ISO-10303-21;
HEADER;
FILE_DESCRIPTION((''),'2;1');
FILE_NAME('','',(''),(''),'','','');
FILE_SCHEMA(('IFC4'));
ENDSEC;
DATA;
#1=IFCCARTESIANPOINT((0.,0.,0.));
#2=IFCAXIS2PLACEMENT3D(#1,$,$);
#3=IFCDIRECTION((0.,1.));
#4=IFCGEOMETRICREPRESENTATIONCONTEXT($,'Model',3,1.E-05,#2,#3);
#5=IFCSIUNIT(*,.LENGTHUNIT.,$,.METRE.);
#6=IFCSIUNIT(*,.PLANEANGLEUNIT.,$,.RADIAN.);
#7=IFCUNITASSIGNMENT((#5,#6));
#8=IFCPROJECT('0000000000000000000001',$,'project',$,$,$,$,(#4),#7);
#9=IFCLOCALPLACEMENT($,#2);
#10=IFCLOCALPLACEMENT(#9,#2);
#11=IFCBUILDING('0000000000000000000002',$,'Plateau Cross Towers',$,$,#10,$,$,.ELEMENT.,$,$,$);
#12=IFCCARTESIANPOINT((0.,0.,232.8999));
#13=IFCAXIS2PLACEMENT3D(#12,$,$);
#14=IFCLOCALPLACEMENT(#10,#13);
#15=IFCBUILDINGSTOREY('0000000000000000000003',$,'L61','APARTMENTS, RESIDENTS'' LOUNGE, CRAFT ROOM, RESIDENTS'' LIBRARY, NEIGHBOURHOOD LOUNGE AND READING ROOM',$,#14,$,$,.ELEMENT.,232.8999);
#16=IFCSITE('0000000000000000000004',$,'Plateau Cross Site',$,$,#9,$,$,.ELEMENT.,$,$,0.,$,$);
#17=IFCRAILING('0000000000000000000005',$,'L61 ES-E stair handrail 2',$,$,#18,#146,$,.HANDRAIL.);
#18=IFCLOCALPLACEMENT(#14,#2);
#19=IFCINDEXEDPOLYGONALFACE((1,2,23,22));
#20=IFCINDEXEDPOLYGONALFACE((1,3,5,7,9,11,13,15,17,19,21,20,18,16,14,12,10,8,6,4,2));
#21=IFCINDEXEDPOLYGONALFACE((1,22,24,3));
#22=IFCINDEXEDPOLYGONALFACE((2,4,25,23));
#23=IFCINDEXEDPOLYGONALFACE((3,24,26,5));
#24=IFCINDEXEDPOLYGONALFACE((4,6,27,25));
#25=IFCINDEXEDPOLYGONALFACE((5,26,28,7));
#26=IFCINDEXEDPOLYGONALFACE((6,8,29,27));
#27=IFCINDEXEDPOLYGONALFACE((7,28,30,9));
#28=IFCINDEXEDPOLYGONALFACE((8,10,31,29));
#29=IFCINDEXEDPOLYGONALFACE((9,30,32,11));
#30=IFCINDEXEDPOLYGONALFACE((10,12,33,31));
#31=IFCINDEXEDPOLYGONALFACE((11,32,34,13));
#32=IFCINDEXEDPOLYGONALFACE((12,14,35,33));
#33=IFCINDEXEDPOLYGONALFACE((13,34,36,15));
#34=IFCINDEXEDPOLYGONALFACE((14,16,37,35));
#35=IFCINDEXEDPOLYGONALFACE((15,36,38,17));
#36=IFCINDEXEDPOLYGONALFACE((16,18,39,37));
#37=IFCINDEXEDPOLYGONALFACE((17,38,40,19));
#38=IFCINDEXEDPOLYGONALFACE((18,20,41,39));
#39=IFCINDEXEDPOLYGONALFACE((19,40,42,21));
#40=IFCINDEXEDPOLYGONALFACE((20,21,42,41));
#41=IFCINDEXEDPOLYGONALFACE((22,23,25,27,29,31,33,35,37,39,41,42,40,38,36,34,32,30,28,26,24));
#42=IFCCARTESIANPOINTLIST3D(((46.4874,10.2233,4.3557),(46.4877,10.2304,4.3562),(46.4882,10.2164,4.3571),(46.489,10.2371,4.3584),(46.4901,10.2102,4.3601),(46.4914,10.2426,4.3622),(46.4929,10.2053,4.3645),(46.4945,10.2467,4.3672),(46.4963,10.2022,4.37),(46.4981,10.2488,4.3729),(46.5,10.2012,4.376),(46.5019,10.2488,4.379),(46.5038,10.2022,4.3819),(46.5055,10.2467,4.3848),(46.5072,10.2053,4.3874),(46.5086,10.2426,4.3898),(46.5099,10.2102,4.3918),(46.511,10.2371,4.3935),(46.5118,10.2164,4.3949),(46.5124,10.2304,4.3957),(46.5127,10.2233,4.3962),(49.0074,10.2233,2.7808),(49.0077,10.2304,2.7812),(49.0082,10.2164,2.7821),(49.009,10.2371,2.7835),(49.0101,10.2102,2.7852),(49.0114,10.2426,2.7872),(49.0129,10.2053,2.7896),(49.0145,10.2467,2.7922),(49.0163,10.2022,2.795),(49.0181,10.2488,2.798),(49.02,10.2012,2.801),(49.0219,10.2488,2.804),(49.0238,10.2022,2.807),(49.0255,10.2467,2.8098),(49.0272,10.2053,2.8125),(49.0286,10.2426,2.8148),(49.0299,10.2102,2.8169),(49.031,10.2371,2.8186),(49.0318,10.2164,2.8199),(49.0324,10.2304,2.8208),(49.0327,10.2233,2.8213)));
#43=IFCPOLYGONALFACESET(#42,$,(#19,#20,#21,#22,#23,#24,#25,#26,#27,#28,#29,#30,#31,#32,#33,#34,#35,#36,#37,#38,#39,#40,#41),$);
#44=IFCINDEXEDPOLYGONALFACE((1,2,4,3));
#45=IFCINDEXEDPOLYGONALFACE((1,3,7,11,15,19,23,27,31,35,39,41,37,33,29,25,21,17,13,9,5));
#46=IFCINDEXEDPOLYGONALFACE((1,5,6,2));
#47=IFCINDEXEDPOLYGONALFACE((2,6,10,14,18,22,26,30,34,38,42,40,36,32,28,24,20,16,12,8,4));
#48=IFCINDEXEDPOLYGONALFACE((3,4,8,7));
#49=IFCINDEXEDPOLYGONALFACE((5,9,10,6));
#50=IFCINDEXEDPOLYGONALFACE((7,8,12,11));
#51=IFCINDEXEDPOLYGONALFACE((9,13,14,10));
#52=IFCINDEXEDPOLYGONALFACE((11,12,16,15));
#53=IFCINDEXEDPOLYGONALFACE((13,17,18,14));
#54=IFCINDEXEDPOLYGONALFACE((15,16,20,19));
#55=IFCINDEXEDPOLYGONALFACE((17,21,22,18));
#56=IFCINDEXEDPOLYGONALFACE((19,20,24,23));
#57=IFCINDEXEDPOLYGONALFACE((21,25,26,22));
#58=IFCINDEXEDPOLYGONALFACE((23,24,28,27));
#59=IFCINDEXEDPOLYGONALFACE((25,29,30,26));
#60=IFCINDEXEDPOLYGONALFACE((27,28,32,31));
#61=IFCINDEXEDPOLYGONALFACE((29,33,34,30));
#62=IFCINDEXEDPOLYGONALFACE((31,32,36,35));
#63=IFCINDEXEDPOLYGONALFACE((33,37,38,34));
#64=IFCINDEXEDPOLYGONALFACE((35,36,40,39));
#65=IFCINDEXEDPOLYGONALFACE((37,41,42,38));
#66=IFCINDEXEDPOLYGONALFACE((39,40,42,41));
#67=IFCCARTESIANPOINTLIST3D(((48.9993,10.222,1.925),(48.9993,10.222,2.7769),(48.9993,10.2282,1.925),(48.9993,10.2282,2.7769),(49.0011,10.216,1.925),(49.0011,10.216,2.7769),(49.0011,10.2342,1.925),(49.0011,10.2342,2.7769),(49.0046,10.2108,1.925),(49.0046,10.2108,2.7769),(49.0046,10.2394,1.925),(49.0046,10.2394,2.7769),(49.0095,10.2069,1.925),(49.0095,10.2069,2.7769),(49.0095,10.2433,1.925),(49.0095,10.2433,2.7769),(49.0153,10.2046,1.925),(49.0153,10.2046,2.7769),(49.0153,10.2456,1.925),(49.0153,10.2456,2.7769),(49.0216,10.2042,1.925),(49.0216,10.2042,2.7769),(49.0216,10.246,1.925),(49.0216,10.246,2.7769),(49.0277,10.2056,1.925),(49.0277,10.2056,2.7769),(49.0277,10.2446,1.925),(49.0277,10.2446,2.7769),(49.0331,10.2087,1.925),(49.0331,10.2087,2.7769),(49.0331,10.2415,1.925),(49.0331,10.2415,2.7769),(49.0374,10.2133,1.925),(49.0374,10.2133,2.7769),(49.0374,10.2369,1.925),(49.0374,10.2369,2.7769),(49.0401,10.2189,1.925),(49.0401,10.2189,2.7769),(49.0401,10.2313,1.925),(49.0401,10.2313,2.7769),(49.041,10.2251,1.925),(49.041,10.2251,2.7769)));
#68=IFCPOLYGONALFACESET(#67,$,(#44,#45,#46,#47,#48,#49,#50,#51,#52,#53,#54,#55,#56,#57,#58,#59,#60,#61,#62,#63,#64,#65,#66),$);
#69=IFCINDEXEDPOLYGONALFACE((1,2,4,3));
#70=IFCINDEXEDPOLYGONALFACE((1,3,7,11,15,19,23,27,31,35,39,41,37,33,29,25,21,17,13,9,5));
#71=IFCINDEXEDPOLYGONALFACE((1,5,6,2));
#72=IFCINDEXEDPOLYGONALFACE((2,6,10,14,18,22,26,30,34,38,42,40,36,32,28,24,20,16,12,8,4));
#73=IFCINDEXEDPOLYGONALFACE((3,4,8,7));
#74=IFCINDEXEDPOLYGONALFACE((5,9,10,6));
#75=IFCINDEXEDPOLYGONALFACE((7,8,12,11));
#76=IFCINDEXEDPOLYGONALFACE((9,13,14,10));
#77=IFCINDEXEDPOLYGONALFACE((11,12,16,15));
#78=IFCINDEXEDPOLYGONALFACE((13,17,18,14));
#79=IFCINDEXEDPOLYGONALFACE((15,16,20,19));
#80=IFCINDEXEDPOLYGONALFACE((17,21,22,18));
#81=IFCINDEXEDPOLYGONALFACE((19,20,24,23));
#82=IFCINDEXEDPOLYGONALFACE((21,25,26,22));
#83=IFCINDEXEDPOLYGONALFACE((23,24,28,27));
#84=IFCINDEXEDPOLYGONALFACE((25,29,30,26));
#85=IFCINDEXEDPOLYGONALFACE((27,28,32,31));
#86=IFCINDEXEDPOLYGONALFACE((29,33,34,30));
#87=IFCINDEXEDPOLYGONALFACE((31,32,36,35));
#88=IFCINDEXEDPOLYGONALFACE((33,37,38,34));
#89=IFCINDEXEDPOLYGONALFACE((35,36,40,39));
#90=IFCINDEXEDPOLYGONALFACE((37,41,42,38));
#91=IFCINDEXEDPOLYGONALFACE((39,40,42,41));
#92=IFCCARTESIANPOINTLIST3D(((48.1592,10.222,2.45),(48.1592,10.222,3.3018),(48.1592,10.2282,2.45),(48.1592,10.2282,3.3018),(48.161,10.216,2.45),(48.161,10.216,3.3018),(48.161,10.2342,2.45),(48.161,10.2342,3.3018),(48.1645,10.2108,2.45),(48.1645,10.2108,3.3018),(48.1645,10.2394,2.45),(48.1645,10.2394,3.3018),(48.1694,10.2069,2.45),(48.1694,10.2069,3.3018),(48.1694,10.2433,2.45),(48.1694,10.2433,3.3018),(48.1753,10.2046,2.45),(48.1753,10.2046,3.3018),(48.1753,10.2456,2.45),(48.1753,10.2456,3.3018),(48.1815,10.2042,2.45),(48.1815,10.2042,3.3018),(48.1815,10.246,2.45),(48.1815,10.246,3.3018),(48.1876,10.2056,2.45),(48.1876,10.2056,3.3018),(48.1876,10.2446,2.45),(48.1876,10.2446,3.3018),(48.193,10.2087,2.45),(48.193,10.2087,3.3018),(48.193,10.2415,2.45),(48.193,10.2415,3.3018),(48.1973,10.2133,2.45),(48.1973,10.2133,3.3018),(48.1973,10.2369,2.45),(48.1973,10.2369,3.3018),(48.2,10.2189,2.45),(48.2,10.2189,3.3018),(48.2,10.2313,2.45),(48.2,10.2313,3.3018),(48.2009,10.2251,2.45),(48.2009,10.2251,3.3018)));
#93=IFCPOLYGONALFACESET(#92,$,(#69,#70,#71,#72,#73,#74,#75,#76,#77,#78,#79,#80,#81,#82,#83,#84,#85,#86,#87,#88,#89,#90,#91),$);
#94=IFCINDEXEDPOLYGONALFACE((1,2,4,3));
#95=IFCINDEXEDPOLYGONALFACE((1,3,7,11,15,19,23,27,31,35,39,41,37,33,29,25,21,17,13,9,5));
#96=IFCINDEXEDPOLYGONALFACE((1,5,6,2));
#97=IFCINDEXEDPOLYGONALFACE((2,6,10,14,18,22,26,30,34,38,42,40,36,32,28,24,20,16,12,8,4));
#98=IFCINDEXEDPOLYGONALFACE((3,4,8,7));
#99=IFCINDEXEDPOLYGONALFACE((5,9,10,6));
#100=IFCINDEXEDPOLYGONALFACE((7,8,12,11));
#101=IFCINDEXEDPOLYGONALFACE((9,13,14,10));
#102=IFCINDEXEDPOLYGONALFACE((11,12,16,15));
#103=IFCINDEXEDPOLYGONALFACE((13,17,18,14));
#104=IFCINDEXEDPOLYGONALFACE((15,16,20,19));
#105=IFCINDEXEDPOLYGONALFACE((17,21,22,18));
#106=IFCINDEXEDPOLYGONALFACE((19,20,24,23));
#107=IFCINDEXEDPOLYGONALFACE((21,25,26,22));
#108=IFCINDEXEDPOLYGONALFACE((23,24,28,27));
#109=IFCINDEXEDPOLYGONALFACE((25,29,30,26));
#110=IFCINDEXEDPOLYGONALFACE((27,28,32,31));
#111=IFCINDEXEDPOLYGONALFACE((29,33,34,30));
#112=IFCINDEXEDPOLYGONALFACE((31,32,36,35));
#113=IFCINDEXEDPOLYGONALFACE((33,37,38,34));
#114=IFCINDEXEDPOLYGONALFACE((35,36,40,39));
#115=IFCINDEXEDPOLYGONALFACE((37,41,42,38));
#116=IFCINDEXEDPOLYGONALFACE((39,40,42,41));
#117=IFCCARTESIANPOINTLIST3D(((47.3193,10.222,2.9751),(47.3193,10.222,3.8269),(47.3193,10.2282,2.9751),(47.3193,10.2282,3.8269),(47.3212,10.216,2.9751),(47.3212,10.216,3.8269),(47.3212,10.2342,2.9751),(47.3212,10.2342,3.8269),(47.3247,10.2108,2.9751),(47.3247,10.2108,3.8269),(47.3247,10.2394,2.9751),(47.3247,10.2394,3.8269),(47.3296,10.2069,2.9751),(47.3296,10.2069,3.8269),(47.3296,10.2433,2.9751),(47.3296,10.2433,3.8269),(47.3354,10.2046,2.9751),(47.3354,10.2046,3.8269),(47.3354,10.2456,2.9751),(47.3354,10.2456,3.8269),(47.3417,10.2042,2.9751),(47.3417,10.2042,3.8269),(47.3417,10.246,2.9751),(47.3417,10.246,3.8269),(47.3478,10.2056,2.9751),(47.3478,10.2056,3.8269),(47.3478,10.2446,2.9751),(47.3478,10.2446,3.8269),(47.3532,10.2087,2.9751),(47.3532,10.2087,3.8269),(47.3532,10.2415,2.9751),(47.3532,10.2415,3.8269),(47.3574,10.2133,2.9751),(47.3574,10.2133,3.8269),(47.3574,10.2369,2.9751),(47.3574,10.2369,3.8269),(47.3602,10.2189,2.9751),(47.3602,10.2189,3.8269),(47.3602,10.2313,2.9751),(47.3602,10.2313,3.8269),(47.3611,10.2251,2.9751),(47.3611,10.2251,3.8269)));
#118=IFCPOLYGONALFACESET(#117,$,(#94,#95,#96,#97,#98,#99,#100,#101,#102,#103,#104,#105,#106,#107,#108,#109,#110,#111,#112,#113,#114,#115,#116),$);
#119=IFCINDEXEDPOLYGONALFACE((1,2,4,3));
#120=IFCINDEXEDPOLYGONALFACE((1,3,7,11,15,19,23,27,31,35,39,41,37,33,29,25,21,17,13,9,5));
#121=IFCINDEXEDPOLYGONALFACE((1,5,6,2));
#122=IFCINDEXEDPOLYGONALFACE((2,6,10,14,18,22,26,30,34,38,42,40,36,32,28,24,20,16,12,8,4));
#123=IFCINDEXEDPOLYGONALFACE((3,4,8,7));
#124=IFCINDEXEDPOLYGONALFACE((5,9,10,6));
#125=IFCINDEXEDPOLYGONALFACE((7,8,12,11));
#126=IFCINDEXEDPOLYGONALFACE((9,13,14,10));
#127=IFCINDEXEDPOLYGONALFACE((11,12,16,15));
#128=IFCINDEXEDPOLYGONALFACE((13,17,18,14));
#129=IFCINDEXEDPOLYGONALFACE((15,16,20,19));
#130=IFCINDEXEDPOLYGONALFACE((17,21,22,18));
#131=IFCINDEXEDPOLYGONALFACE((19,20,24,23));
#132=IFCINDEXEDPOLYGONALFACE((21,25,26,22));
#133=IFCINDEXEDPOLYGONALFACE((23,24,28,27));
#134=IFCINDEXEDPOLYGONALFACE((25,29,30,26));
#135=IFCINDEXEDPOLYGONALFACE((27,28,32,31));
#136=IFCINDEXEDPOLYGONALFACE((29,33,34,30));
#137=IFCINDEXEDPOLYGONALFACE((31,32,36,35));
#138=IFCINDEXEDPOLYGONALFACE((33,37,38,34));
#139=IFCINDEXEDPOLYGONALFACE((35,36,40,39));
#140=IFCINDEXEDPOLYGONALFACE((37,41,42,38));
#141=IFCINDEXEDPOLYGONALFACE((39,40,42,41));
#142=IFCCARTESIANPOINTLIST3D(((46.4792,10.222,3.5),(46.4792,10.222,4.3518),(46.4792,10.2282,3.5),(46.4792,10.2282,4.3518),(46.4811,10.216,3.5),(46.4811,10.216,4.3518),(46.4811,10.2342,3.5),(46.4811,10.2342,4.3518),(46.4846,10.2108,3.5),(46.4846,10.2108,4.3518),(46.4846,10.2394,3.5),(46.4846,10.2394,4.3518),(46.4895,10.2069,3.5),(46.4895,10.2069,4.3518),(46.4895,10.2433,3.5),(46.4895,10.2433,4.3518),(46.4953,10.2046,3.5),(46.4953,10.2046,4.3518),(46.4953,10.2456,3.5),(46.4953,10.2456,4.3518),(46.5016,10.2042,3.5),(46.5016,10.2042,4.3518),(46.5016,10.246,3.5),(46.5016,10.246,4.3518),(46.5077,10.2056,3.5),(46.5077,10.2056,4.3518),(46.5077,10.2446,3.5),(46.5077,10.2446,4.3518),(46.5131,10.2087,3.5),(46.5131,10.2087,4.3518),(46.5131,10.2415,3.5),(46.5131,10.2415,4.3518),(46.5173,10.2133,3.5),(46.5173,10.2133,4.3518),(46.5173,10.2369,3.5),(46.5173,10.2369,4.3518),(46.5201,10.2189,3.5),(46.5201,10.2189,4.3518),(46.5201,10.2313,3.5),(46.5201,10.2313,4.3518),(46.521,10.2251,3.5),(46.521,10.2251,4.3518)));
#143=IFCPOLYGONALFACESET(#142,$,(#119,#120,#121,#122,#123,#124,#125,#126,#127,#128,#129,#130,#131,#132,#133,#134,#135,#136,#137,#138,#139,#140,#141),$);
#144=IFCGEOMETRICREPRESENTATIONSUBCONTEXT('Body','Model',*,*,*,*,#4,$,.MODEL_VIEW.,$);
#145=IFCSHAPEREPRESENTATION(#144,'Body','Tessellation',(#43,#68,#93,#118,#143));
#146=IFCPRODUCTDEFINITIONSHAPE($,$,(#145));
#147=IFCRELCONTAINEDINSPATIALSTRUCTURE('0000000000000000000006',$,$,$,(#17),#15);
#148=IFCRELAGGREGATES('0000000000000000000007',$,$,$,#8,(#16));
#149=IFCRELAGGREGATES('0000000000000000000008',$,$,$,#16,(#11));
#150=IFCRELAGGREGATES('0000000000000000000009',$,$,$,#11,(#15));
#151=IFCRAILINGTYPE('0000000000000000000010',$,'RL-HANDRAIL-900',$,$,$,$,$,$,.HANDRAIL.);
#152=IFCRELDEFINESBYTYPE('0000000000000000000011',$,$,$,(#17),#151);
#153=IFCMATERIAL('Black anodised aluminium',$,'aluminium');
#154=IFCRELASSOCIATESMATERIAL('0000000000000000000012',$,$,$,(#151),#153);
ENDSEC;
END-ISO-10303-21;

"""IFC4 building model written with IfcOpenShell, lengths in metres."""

from ifc_helpers import new_model, si_unit, direction, frame, origin, origin_2d, place, context, subcontext, project, spatial, circle, extrude, material, type_object, element, save


model = new_model("IFC4")

# Units and contexts
model_context = context("Model", 3, precision=1e-05, world=origin(), true_north=direction((0.0, 1.0)))
body_context = subcontext(model_context, "Body", "Model", "MODEL_VIEW")
ifc_project = project(units=[si_unit("LENGTHUNIT", "METRE"), si_unit("PLANEANGLEUNIT", "RADIAN")], contexts=[model_context])

# Site, building, storey
site_placement = place(None, origin())
site = spatial("IfcSite", under=ifc_project, at=site_placement, Name="Plateau Cross Site", CompositionType="ELEMENT", RefElevation=0.0)
building_placement = place(site_placement, origin())
building = spatial("IfcBuilding", under=site, at=building_placement, Name="Plateau Cross Towers", CompositionType="ELEMENT")
storey_placement = place(building_placement, frame((0.0, 0.0, 232.8999)))
storey = spatial("IfcBuildingStorey", under=building, at=storey_placement, Name="L61", Description="APARTMENTS, RESIDENTS' LOUNGE, CRAFT ROOM, RESIDENTS' LIBRARY, NEIGHBOURHOOD LOUNGE AND READING ROOM", CompositionType="ELEMENT", Elevation=232.8999)

# Shared definitions
ifc_material_1 = material(Name="Black anodised aluminium", Category="aluminium")

# Railing
railing_type_1 = type_object("IfcRailingType", Name="RL-HANDRAIL-900", PredefinedType="HANDRAIL", material=ifc_material_1)
railing_1_placement = place(storey_placement, frame((49.02, 10.2251, 1.925)))
element("IfcRailing", 1, at=railing_1_placement, inside=storey, type_object=railing_type_1, Name="L61 ES-E stair handrail 2", PredefinedType="HANDRAIL", context=body_context, shape_type="SweptSolid", body=[
    extrude(circle(Radius=0.0239, at=origin_2d()), frame((0.0, 0.0, 0.876), z_axis=(-0.848008, 0.0, 0.529984), x_axis=(0.0, -1.0, 0.0)), (0.0, 0.0, 1.0), 2.9717),
    extrude(circle(Radius=0.021, at=origin_2d()), origin(), (0.0, 0.0, 1.0), 0.8518),
    extrude(circle(Radius=0.021, at=origin_2d()), frame((-0.8401, 0.0, 0.5249)), (0.0, 0.0, 1.0), 0.8518),
    extrude(circle(Radius=0.021, at=origin_2d()), frame((-1.6799, 0.0, 1.05)), (0.0, 0.0, 1.0), 0.8518),
    extrude(circle(Radius=0.021, at=origin_2d()), frame((-2.52, 0.0, 1.575)), (0.0, 0.0, 1.0), 0.8518),
])

save(model, "model.ifc")
